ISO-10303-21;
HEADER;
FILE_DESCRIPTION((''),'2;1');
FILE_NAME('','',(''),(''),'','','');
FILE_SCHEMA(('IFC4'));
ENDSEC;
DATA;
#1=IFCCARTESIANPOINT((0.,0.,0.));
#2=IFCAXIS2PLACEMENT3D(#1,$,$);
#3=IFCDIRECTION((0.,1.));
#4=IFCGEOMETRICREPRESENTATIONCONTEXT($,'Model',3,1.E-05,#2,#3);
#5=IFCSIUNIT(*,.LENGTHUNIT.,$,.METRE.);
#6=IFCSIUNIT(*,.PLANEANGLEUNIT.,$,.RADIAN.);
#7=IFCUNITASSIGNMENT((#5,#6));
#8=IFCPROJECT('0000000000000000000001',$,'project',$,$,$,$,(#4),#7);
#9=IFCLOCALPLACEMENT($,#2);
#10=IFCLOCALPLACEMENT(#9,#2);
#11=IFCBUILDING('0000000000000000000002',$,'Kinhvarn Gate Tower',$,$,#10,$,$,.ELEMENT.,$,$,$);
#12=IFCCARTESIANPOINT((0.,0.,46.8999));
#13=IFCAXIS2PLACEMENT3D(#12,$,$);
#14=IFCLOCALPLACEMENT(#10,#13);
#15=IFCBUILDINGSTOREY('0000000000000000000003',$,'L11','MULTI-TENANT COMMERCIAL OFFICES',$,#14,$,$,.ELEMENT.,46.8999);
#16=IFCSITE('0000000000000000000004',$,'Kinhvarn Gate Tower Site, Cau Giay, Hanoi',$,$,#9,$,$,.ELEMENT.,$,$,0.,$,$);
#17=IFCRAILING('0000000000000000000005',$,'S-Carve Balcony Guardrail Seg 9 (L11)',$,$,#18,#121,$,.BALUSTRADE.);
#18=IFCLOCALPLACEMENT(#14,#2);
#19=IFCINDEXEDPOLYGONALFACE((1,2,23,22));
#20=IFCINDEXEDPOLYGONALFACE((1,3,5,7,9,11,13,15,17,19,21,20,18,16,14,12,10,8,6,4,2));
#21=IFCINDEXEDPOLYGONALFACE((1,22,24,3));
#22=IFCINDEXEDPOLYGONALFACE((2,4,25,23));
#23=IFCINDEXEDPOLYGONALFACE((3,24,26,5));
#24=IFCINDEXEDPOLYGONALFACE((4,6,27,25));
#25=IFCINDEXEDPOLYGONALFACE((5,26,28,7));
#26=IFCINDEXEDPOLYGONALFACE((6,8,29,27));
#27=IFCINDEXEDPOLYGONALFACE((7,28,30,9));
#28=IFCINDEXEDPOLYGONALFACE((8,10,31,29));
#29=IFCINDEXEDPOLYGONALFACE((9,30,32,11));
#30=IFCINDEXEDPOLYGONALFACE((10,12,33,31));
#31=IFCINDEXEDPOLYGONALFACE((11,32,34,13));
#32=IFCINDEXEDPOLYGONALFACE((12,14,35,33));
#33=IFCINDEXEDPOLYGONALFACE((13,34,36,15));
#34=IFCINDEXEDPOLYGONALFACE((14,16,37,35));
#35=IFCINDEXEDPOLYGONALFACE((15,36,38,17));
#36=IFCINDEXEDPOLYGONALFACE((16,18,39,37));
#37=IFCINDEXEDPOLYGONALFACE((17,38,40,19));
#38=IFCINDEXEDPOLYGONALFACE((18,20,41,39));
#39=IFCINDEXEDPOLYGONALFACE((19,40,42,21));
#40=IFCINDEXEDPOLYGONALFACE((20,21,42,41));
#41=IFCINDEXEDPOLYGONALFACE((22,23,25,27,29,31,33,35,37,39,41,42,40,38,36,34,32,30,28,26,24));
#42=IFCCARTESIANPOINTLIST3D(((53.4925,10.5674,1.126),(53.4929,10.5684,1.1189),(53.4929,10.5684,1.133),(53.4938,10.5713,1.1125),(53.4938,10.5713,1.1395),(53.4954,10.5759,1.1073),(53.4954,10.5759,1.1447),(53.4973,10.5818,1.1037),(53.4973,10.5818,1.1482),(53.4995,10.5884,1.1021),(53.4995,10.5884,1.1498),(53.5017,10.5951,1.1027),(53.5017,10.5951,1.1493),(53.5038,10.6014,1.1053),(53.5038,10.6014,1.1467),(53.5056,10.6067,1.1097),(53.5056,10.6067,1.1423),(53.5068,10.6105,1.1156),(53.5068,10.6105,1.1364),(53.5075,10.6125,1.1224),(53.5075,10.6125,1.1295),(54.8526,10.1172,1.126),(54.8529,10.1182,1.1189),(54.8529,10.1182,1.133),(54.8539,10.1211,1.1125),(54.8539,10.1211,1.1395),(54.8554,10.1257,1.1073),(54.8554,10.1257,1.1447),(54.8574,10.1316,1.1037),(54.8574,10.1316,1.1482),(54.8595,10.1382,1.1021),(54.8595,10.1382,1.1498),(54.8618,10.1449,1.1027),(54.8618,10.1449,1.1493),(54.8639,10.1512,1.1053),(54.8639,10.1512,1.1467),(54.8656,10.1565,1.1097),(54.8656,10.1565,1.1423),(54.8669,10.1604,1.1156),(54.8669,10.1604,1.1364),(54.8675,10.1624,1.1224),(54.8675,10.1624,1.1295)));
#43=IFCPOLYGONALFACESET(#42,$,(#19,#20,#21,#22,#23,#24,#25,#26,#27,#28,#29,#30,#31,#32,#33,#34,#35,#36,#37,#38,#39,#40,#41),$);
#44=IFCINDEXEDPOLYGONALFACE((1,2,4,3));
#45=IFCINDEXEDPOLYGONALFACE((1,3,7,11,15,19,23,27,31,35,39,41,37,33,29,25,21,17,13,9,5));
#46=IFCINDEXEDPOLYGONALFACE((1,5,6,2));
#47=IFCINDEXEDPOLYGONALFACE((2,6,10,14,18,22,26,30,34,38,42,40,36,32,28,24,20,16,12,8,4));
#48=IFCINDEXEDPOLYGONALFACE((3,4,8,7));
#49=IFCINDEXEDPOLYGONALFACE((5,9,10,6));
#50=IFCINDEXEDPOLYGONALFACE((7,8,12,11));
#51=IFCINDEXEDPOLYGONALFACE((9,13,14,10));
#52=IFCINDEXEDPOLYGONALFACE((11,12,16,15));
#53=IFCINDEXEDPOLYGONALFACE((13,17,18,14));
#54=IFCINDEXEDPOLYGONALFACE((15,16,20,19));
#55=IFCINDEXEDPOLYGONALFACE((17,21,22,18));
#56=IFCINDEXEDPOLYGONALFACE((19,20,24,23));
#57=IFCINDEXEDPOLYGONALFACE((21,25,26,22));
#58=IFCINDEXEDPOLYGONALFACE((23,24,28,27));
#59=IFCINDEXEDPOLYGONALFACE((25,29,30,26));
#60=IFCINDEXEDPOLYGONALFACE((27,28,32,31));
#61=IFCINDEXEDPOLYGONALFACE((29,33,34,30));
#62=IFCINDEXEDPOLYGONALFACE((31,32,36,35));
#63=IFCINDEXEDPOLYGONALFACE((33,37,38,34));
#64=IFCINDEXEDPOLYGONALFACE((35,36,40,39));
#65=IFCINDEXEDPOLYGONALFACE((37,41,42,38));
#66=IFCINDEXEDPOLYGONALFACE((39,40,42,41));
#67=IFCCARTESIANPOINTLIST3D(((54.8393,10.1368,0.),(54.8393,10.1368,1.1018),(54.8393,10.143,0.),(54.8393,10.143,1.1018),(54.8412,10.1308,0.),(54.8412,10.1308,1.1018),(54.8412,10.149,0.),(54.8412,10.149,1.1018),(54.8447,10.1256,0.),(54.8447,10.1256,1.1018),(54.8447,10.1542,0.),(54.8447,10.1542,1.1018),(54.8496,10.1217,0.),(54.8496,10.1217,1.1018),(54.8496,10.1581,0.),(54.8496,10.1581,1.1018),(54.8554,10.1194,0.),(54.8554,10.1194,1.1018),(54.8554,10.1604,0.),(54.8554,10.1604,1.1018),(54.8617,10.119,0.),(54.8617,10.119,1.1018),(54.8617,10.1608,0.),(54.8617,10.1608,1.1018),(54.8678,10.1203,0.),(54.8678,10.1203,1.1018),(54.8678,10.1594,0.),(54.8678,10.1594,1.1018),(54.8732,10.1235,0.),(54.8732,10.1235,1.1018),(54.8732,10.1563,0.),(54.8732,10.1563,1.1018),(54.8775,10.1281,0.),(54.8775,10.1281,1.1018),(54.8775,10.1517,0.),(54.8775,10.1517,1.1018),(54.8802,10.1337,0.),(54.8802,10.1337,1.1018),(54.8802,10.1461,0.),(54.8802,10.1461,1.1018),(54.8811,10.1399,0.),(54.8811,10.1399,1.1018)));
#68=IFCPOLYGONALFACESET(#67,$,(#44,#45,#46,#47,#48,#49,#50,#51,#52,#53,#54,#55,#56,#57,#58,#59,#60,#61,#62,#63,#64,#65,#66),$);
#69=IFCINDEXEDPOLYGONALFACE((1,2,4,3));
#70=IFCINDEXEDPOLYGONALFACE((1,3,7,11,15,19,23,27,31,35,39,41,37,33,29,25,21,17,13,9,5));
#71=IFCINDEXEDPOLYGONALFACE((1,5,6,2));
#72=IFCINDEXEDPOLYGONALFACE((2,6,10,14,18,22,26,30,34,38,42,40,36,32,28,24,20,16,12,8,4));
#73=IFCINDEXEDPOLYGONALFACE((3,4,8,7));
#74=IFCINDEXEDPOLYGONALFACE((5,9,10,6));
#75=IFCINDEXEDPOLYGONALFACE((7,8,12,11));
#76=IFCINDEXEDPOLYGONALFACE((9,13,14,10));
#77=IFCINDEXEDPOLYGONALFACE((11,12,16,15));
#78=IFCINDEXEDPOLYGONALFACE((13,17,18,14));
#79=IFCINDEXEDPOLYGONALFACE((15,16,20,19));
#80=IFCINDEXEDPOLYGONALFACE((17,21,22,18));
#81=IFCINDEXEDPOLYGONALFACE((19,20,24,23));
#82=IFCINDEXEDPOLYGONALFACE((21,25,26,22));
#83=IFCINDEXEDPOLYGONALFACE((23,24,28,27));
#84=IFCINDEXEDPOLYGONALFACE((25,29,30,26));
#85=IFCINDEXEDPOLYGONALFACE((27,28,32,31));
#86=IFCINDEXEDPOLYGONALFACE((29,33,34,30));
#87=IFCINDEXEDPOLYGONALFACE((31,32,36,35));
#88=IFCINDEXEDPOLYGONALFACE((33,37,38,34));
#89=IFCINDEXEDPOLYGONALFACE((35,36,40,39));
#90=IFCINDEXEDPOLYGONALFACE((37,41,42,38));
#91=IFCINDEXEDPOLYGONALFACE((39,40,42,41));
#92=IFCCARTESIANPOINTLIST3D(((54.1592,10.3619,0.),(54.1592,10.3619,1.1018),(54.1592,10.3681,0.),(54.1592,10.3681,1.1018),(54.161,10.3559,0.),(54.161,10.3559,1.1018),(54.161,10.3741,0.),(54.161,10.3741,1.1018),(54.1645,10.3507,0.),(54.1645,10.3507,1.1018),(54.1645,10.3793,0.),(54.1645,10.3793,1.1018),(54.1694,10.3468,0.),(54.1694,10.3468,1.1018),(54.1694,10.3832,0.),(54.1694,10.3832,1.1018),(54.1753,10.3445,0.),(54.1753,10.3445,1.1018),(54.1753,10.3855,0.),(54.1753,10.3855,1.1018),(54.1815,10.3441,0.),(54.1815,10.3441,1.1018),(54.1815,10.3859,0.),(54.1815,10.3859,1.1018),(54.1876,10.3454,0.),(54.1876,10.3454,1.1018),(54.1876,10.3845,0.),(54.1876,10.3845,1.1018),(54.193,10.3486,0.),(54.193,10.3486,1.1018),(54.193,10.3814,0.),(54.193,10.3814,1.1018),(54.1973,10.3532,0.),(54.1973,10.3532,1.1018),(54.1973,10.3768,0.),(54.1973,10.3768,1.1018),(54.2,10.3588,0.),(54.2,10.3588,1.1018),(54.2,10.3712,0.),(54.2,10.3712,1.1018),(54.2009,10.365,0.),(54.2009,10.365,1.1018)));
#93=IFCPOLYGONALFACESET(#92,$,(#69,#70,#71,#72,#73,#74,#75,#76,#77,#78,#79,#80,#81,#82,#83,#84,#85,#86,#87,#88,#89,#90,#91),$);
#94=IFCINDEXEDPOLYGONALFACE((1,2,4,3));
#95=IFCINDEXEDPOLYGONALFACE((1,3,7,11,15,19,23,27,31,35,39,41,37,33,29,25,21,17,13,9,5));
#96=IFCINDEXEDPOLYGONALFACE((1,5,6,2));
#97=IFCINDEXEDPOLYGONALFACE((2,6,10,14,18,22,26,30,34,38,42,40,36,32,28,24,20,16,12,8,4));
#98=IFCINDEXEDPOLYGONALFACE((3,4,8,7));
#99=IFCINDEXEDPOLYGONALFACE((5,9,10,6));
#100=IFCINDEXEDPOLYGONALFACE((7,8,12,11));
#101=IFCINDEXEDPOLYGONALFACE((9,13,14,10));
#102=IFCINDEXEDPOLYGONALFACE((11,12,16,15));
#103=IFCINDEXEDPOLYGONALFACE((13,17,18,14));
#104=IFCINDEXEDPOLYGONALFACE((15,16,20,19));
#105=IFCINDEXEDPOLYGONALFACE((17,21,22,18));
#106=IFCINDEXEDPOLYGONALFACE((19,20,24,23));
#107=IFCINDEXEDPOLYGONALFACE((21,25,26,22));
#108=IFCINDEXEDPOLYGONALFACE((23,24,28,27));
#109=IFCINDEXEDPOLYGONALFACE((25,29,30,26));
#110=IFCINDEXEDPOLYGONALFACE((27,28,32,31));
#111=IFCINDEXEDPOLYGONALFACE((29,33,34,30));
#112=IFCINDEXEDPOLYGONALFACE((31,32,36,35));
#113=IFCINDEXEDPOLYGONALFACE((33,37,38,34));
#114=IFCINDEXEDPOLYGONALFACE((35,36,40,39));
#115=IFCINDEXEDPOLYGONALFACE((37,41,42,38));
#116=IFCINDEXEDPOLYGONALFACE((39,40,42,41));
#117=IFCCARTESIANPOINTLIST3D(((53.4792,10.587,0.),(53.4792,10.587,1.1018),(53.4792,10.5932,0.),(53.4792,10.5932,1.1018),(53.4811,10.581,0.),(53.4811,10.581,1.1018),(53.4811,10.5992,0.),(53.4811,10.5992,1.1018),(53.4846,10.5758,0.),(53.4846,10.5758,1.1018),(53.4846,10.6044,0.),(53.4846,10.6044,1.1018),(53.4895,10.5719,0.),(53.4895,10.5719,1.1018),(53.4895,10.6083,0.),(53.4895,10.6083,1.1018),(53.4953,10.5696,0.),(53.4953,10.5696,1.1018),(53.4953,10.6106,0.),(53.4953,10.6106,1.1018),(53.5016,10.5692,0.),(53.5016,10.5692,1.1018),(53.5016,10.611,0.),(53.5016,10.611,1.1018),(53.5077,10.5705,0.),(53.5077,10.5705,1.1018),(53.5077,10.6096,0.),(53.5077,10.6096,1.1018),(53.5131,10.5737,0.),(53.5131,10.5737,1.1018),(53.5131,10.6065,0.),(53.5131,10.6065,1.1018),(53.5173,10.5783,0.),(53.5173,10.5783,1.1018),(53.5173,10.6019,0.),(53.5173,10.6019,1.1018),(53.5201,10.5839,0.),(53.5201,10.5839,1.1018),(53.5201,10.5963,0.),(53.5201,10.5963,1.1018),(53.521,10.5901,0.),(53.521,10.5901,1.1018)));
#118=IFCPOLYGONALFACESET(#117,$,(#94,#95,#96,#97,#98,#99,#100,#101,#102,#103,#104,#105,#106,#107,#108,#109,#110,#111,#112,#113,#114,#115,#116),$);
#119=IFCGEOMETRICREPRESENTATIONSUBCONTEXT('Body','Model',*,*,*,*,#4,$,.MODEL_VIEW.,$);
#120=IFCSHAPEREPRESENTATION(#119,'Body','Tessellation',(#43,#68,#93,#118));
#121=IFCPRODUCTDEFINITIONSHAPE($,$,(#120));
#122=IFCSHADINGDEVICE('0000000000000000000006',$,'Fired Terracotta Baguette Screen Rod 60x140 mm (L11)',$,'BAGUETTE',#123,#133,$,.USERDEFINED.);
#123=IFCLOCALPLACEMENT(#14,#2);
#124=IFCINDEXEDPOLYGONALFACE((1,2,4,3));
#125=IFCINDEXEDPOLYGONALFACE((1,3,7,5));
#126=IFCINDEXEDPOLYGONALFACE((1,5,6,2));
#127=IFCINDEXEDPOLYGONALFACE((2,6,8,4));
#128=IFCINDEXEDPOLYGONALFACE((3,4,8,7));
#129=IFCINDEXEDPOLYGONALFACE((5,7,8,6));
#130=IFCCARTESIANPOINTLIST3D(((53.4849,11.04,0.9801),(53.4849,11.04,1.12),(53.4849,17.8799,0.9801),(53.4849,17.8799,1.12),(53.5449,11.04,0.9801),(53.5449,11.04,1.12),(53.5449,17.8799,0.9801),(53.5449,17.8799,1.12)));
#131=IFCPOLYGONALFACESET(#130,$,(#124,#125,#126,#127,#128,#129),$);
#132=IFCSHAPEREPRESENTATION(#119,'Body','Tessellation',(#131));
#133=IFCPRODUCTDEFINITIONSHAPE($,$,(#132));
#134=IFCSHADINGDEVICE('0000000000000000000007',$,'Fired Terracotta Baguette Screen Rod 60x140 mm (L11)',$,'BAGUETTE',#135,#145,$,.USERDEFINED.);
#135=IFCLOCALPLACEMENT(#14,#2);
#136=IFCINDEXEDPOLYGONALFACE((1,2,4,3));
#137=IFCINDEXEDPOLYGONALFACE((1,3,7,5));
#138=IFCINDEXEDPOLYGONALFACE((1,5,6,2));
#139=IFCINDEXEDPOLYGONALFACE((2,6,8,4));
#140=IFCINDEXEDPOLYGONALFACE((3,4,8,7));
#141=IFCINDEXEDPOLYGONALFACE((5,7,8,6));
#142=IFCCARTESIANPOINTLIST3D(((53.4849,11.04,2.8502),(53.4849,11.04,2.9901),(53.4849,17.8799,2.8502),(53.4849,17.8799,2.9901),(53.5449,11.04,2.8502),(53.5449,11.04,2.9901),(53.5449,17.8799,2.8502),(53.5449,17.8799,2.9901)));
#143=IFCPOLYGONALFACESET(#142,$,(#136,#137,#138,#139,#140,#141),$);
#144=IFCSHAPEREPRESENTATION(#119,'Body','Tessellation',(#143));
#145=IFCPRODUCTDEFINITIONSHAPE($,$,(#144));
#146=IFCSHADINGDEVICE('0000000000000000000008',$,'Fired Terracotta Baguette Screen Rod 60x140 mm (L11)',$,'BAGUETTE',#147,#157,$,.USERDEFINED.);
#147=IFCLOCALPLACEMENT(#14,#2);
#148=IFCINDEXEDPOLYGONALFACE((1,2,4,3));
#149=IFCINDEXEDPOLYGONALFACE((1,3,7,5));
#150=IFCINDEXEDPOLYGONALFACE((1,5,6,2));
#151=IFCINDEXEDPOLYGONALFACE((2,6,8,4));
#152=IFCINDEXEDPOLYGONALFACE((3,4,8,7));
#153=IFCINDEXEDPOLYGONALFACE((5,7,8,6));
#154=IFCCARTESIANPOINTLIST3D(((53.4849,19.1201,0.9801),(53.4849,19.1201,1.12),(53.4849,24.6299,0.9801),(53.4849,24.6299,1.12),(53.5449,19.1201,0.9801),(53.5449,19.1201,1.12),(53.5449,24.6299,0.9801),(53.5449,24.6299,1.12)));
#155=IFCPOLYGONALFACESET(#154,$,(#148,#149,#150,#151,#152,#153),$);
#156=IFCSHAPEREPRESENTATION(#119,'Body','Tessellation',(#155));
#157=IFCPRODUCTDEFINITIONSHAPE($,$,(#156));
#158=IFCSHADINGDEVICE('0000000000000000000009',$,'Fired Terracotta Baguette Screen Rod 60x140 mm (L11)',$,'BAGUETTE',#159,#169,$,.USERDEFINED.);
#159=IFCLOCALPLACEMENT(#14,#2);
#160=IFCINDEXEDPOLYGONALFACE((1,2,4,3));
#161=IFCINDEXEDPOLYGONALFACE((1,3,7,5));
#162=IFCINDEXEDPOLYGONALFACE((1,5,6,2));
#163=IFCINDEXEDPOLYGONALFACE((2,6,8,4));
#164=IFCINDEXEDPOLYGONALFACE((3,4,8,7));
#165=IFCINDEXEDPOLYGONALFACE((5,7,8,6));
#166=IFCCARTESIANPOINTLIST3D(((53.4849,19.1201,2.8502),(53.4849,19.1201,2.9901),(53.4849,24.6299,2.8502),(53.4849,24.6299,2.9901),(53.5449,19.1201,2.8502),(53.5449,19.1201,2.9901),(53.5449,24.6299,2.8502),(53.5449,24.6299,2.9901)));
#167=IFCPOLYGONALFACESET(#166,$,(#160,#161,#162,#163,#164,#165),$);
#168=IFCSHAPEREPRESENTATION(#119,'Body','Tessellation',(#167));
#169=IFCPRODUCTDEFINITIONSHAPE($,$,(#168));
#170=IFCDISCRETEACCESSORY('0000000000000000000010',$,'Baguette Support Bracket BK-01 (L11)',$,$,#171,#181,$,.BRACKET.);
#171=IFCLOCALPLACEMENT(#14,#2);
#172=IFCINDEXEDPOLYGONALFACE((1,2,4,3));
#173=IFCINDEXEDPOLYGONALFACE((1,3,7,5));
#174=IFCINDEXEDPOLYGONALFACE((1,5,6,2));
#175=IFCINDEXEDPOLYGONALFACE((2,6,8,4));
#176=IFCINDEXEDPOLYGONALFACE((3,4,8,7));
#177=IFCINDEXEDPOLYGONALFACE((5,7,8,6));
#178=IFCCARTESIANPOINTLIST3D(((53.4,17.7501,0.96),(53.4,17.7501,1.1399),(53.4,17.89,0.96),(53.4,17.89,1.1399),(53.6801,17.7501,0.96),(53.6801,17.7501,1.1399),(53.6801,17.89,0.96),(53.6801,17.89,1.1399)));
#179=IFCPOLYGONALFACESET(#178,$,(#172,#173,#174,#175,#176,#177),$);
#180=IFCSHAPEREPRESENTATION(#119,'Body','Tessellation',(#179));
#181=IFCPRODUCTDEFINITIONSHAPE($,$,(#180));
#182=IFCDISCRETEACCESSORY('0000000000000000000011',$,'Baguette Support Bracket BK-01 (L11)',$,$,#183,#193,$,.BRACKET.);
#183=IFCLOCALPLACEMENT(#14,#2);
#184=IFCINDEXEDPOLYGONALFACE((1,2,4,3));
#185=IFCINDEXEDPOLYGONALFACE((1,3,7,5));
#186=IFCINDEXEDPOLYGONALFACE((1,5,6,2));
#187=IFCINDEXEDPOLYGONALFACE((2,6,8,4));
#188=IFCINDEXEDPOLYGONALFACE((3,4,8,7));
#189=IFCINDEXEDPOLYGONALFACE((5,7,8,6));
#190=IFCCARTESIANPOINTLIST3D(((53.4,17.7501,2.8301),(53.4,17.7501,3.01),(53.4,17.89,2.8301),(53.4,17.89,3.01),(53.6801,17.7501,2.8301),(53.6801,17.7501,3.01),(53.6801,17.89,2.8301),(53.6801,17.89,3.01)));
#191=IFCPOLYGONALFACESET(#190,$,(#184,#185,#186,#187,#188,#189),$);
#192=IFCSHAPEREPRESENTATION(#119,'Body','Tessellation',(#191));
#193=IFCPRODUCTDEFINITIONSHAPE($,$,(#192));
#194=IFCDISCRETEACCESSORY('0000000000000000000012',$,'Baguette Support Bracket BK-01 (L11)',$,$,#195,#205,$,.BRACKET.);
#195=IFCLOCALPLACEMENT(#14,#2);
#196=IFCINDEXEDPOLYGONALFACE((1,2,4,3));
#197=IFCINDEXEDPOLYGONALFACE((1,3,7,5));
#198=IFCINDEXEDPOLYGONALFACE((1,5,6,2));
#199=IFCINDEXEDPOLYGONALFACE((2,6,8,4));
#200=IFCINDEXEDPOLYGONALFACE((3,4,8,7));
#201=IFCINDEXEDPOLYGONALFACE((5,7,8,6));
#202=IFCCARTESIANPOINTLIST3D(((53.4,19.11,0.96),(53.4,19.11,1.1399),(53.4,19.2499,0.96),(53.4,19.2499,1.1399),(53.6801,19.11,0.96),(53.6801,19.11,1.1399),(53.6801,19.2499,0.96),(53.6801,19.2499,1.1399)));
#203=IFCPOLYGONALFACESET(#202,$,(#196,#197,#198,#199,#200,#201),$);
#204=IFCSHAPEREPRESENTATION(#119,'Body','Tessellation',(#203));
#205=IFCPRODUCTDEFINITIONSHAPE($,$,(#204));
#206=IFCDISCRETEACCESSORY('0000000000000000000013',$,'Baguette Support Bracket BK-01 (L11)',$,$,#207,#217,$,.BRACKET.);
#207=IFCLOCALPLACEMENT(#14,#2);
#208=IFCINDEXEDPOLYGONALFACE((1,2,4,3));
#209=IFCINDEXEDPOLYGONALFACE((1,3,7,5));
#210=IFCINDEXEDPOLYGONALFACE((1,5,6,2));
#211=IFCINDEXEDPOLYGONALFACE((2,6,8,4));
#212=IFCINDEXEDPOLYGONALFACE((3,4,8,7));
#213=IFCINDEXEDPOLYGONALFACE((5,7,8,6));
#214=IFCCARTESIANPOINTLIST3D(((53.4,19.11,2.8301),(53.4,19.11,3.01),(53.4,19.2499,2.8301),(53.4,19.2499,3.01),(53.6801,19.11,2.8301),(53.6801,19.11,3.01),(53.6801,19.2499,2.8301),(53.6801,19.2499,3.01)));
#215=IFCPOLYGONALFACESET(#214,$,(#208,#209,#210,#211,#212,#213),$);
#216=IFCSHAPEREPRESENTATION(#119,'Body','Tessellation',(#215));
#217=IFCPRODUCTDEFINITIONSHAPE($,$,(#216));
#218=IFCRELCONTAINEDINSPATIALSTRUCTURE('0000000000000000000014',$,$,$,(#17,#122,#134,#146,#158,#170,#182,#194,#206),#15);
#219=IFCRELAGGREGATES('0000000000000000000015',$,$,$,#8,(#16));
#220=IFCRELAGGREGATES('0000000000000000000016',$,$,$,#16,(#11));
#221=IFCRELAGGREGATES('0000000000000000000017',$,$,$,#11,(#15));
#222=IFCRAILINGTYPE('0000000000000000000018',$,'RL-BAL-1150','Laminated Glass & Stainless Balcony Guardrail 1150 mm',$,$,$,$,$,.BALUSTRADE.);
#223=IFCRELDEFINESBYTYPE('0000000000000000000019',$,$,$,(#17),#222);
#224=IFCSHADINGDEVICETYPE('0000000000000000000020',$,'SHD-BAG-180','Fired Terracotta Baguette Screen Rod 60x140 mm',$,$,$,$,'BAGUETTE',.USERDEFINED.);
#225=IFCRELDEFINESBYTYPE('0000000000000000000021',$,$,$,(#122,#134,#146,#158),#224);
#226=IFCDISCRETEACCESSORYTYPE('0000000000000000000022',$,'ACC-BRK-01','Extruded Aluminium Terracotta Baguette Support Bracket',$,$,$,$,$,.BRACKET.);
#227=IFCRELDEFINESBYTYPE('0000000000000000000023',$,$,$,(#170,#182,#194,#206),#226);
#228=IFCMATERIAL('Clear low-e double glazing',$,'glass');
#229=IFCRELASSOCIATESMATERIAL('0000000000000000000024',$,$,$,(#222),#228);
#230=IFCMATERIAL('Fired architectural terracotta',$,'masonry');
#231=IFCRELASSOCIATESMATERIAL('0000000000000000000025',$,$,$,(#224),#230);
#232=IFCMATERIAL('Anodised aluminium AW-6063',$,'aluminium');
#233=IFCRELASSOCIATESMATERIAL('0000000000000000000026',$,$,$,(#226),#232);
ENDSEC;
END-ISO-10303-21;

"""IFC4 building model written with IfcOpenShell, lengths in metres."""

from ifc_helpers import new_model, si_unit, direction, frame, origin, origin_2d, place, context, subcontext, project, spatial, rectangle, circle, extrude, material, material_profile, profile_set, type_object, element, save


model = new_model("IFC4")

# Units and contexts
model_context = context("Model", 3, precision=1e-05, world=origin(), true_north=direction((0.0, 1.0)))
body_context = subcontext(model_context, "Body", "Model", "MODEL_VIEW")
ifc_project = project(units=[si_unit("LENGTHUNIT", "METRE"), si_unit("PLANEANGLEUNIT", "RADIAN")], contexts=[model_context])

# Site, building, storey
site_placement = place(None, origin())
site = spatial("IfcSite", under=ifc_project, at=site_placement, Name="Kinhvarn Gate Tower Site, Cau Giay, Hanoi", CompositionType="ELEMENT", RefElevation=0.0)
building_placement = place(site_placement, origin())
building = spatial("IfcBuilding", under=site, at=building_placement, Name="Kinhvarn Gate Tower", CompositionType="ELEMENT")
storey_placement = place(building_placement, frame((0.0, 0.0, 46.8999)))
storey = spatial("IfcBuildingStorey", under=building, at=storey_placement, Name="L11", Description="MULTI-TENANT COMMERCIAL OFFICES", CompositionType="ELEMENT", Elevation=46.8999)

# Shared definitions
ifc_material_1 = material(Name="Anodised aluminium AW-6063", Category="aluminium")

# Shared definitions
ifc_material_2 = material(Name="Clear low-e double glazing", Category="glass")

# Railing
railing_type = type_object("IfcRailingType", Name="RL-BAL-1150", Description="Laminated Glass & Stainless Balcony Guardrail 1150 mm", PredefinedType="BALUSTRADE", material=ifc_material_2)
railing_placement = place(storey_placement, frame((54.8601, 10.1399, 0.0)))
element("IfcRailing", 1, at=railing_placement, inside=storey, type_object=railing_type, Name="S-Carve Balcony Guardrail Seg 9 (L11)", PredefinedType="BALUSTRADE", context=body_context, shape_type="SweptSolid", body=[
    extrude(circle(Radius=0.0239, at=origin_2d()), frame((0.0, 0.0, 1.126), z_axis=(-0.949346, 0.314233, 0.0), x_axis=(-0.314233, -0.949346, 0.0)), (0.0, 0.0, 1.0), 1.4326),
    extrude(circle(Radius=0.021, at=origin_2d()), origin(), (0.0, 0.0, 1.0), 1.1018),
    extrude(circle(Radius=0.021, at=origin_2d()), frame((-0.6802, 0.2251, 0.0)), (0.0, 0.0, 1.0), 1.1018),
    extrude(circle(Radius=0.021, at=origin_2d()), frame((-1.3601, 0.4502, 0.0)), (0.0, 0.0, 1.0), 1.1018),
])

# Shading devices
ifc_material_3 = material(Name="Fired architectural terracotta", Category="masonry")
ifc_material_profile_1 = material_profile(ifc_material_3, rectangle(XDim=0.0601, YDim=0.1399, at=origin_2d()), Name="TC 60x140")
ifc_profile_set_1 = profile_set([ifc_material_profile_1], Name="Fired architectural terracotta")
shading_device_type = type_object("IfcShadingDeviceType", Name="SHD-BAG-180", Description="Fired Terracotta Baguette Screen Rod 60x140 mm", ElementType="BAGUETTE", PredefinedType="USERDEFINED", material=ifc_profile_set_1)
for number, where, z_axis, x_axis, name in (
    (2, (53.5149, 11.04, 1.05), (0.0, 1.0, 0.0), (-1.0, 0.0, 0.0), "Fired Terracotta Baguette Screen Rod 60x140 mm (L11)"),
    (3, (53.5149, 11.04, 2.9202), (0.0, 1.0, 0.0), (-1.0, 0.0, 0.0), "Fired Terracotta Baguette Screen Rod 60x140 mm (L11)"),
):
    element("IfcShadingDevice", number, at=place(storey_placement, frame(where, z_axis=z_axis, x_axis=x_axis)), inside=storey, type_object=shading_device_type, Name=name, ObjectType="BAGUETTE", PredefinedType="USERDEFINED", context=body_context, shape_type="SweptSolid", body=[
        extrude(rectangle(XDim=0.0601, YDim=0.1399, at=origin_2d()), origin(), (0.0, 0.0, 1.0), 6.8398),
    ])
for number, where, z_axis, x_axis, name in (
    (4, (53.5149, 19.1201, 1.05), (0.0, 1.0, 0.0), (-1.0, 0.0, 0.0), "Fired Terracotta Baguette Screen Rod 60x140 mm (L11)"),
    (5, (53.5149, 19.1201, 2.9202), (0.0, 1.0, 0.0), (-1.0, 0.0, 0.0), "Fired Terracotta Baguette Screen Rod 60x140 mm (L11)"),
):
    element("IfcShadingDevice", number, at=place(storey_placement, frame(where, z_axis=z_axis, x_axis=x_axis)), inside=storey, type_object=shading_device_type, Name=name, ObjectType="BAGUETTE", PredefinedType="USERDEFINED", context=body_context, shape_type="SweptSolid", body=[
        extrude(rectangle(XDim=0.0601, YDim=0.1399, at=origin_2d()), origin(), (0.0, 0.0, 1.0), 5.5098),
    ])

# Discrete accessories
discrete_accessory_type = type_object("IfcDiscreteAccessoryType", Name="ACC-BRK-01", Description="Extruded Aluminium Terracotta Baguette Support Bracket", PredefinedType="BRACKET", material=ifc_material_1)
for number, where, z_axis, x_axis, name in (
    (6, (53.54, 17.8201, 0.96), (0.0, 0.0, 1.0), (0.0, 1.0, 0.0), "Baguette Support Bracket BK-01 (L11)"),
    (7, (53.54, 17.8201, 2.8301), (0.0, 0.0, 1.0), (0.0, 1.0, 0.0), "Baguette Support Bracket BK-01 (L11)"),
    (8, (53.54, 19.1799, 0.96), (0.0, 0.0, 1.0), (0.0, 1.0, 0.0), "Baguette Support Bracket BK-01 (L11)"),
    (9, (53.54, 19.1799, 2.8301), (0.0, 0.0, 1.0), (0.0, 1.0, 0.0), "Baguette Support Bracket BK-01 (L11)"),
):
    element("IfcDiscreteAccessory", number, at=place(storey_placement, frame(where, z_axis=z_axis, x_axis=x_axis)), inside=storey, type_object=discrete_accessory_type, Name=name, PredefinedType="BRACKET", context=body_context, shape_type="SweptSolid", body=[
        extrude(rectangle(XDim=0.1399, YDim=0.28, at=origin_2d()), origin(), (0.0, 0.0, 1.0), 0.1799),
    ])

save(model, "model.ifc")
